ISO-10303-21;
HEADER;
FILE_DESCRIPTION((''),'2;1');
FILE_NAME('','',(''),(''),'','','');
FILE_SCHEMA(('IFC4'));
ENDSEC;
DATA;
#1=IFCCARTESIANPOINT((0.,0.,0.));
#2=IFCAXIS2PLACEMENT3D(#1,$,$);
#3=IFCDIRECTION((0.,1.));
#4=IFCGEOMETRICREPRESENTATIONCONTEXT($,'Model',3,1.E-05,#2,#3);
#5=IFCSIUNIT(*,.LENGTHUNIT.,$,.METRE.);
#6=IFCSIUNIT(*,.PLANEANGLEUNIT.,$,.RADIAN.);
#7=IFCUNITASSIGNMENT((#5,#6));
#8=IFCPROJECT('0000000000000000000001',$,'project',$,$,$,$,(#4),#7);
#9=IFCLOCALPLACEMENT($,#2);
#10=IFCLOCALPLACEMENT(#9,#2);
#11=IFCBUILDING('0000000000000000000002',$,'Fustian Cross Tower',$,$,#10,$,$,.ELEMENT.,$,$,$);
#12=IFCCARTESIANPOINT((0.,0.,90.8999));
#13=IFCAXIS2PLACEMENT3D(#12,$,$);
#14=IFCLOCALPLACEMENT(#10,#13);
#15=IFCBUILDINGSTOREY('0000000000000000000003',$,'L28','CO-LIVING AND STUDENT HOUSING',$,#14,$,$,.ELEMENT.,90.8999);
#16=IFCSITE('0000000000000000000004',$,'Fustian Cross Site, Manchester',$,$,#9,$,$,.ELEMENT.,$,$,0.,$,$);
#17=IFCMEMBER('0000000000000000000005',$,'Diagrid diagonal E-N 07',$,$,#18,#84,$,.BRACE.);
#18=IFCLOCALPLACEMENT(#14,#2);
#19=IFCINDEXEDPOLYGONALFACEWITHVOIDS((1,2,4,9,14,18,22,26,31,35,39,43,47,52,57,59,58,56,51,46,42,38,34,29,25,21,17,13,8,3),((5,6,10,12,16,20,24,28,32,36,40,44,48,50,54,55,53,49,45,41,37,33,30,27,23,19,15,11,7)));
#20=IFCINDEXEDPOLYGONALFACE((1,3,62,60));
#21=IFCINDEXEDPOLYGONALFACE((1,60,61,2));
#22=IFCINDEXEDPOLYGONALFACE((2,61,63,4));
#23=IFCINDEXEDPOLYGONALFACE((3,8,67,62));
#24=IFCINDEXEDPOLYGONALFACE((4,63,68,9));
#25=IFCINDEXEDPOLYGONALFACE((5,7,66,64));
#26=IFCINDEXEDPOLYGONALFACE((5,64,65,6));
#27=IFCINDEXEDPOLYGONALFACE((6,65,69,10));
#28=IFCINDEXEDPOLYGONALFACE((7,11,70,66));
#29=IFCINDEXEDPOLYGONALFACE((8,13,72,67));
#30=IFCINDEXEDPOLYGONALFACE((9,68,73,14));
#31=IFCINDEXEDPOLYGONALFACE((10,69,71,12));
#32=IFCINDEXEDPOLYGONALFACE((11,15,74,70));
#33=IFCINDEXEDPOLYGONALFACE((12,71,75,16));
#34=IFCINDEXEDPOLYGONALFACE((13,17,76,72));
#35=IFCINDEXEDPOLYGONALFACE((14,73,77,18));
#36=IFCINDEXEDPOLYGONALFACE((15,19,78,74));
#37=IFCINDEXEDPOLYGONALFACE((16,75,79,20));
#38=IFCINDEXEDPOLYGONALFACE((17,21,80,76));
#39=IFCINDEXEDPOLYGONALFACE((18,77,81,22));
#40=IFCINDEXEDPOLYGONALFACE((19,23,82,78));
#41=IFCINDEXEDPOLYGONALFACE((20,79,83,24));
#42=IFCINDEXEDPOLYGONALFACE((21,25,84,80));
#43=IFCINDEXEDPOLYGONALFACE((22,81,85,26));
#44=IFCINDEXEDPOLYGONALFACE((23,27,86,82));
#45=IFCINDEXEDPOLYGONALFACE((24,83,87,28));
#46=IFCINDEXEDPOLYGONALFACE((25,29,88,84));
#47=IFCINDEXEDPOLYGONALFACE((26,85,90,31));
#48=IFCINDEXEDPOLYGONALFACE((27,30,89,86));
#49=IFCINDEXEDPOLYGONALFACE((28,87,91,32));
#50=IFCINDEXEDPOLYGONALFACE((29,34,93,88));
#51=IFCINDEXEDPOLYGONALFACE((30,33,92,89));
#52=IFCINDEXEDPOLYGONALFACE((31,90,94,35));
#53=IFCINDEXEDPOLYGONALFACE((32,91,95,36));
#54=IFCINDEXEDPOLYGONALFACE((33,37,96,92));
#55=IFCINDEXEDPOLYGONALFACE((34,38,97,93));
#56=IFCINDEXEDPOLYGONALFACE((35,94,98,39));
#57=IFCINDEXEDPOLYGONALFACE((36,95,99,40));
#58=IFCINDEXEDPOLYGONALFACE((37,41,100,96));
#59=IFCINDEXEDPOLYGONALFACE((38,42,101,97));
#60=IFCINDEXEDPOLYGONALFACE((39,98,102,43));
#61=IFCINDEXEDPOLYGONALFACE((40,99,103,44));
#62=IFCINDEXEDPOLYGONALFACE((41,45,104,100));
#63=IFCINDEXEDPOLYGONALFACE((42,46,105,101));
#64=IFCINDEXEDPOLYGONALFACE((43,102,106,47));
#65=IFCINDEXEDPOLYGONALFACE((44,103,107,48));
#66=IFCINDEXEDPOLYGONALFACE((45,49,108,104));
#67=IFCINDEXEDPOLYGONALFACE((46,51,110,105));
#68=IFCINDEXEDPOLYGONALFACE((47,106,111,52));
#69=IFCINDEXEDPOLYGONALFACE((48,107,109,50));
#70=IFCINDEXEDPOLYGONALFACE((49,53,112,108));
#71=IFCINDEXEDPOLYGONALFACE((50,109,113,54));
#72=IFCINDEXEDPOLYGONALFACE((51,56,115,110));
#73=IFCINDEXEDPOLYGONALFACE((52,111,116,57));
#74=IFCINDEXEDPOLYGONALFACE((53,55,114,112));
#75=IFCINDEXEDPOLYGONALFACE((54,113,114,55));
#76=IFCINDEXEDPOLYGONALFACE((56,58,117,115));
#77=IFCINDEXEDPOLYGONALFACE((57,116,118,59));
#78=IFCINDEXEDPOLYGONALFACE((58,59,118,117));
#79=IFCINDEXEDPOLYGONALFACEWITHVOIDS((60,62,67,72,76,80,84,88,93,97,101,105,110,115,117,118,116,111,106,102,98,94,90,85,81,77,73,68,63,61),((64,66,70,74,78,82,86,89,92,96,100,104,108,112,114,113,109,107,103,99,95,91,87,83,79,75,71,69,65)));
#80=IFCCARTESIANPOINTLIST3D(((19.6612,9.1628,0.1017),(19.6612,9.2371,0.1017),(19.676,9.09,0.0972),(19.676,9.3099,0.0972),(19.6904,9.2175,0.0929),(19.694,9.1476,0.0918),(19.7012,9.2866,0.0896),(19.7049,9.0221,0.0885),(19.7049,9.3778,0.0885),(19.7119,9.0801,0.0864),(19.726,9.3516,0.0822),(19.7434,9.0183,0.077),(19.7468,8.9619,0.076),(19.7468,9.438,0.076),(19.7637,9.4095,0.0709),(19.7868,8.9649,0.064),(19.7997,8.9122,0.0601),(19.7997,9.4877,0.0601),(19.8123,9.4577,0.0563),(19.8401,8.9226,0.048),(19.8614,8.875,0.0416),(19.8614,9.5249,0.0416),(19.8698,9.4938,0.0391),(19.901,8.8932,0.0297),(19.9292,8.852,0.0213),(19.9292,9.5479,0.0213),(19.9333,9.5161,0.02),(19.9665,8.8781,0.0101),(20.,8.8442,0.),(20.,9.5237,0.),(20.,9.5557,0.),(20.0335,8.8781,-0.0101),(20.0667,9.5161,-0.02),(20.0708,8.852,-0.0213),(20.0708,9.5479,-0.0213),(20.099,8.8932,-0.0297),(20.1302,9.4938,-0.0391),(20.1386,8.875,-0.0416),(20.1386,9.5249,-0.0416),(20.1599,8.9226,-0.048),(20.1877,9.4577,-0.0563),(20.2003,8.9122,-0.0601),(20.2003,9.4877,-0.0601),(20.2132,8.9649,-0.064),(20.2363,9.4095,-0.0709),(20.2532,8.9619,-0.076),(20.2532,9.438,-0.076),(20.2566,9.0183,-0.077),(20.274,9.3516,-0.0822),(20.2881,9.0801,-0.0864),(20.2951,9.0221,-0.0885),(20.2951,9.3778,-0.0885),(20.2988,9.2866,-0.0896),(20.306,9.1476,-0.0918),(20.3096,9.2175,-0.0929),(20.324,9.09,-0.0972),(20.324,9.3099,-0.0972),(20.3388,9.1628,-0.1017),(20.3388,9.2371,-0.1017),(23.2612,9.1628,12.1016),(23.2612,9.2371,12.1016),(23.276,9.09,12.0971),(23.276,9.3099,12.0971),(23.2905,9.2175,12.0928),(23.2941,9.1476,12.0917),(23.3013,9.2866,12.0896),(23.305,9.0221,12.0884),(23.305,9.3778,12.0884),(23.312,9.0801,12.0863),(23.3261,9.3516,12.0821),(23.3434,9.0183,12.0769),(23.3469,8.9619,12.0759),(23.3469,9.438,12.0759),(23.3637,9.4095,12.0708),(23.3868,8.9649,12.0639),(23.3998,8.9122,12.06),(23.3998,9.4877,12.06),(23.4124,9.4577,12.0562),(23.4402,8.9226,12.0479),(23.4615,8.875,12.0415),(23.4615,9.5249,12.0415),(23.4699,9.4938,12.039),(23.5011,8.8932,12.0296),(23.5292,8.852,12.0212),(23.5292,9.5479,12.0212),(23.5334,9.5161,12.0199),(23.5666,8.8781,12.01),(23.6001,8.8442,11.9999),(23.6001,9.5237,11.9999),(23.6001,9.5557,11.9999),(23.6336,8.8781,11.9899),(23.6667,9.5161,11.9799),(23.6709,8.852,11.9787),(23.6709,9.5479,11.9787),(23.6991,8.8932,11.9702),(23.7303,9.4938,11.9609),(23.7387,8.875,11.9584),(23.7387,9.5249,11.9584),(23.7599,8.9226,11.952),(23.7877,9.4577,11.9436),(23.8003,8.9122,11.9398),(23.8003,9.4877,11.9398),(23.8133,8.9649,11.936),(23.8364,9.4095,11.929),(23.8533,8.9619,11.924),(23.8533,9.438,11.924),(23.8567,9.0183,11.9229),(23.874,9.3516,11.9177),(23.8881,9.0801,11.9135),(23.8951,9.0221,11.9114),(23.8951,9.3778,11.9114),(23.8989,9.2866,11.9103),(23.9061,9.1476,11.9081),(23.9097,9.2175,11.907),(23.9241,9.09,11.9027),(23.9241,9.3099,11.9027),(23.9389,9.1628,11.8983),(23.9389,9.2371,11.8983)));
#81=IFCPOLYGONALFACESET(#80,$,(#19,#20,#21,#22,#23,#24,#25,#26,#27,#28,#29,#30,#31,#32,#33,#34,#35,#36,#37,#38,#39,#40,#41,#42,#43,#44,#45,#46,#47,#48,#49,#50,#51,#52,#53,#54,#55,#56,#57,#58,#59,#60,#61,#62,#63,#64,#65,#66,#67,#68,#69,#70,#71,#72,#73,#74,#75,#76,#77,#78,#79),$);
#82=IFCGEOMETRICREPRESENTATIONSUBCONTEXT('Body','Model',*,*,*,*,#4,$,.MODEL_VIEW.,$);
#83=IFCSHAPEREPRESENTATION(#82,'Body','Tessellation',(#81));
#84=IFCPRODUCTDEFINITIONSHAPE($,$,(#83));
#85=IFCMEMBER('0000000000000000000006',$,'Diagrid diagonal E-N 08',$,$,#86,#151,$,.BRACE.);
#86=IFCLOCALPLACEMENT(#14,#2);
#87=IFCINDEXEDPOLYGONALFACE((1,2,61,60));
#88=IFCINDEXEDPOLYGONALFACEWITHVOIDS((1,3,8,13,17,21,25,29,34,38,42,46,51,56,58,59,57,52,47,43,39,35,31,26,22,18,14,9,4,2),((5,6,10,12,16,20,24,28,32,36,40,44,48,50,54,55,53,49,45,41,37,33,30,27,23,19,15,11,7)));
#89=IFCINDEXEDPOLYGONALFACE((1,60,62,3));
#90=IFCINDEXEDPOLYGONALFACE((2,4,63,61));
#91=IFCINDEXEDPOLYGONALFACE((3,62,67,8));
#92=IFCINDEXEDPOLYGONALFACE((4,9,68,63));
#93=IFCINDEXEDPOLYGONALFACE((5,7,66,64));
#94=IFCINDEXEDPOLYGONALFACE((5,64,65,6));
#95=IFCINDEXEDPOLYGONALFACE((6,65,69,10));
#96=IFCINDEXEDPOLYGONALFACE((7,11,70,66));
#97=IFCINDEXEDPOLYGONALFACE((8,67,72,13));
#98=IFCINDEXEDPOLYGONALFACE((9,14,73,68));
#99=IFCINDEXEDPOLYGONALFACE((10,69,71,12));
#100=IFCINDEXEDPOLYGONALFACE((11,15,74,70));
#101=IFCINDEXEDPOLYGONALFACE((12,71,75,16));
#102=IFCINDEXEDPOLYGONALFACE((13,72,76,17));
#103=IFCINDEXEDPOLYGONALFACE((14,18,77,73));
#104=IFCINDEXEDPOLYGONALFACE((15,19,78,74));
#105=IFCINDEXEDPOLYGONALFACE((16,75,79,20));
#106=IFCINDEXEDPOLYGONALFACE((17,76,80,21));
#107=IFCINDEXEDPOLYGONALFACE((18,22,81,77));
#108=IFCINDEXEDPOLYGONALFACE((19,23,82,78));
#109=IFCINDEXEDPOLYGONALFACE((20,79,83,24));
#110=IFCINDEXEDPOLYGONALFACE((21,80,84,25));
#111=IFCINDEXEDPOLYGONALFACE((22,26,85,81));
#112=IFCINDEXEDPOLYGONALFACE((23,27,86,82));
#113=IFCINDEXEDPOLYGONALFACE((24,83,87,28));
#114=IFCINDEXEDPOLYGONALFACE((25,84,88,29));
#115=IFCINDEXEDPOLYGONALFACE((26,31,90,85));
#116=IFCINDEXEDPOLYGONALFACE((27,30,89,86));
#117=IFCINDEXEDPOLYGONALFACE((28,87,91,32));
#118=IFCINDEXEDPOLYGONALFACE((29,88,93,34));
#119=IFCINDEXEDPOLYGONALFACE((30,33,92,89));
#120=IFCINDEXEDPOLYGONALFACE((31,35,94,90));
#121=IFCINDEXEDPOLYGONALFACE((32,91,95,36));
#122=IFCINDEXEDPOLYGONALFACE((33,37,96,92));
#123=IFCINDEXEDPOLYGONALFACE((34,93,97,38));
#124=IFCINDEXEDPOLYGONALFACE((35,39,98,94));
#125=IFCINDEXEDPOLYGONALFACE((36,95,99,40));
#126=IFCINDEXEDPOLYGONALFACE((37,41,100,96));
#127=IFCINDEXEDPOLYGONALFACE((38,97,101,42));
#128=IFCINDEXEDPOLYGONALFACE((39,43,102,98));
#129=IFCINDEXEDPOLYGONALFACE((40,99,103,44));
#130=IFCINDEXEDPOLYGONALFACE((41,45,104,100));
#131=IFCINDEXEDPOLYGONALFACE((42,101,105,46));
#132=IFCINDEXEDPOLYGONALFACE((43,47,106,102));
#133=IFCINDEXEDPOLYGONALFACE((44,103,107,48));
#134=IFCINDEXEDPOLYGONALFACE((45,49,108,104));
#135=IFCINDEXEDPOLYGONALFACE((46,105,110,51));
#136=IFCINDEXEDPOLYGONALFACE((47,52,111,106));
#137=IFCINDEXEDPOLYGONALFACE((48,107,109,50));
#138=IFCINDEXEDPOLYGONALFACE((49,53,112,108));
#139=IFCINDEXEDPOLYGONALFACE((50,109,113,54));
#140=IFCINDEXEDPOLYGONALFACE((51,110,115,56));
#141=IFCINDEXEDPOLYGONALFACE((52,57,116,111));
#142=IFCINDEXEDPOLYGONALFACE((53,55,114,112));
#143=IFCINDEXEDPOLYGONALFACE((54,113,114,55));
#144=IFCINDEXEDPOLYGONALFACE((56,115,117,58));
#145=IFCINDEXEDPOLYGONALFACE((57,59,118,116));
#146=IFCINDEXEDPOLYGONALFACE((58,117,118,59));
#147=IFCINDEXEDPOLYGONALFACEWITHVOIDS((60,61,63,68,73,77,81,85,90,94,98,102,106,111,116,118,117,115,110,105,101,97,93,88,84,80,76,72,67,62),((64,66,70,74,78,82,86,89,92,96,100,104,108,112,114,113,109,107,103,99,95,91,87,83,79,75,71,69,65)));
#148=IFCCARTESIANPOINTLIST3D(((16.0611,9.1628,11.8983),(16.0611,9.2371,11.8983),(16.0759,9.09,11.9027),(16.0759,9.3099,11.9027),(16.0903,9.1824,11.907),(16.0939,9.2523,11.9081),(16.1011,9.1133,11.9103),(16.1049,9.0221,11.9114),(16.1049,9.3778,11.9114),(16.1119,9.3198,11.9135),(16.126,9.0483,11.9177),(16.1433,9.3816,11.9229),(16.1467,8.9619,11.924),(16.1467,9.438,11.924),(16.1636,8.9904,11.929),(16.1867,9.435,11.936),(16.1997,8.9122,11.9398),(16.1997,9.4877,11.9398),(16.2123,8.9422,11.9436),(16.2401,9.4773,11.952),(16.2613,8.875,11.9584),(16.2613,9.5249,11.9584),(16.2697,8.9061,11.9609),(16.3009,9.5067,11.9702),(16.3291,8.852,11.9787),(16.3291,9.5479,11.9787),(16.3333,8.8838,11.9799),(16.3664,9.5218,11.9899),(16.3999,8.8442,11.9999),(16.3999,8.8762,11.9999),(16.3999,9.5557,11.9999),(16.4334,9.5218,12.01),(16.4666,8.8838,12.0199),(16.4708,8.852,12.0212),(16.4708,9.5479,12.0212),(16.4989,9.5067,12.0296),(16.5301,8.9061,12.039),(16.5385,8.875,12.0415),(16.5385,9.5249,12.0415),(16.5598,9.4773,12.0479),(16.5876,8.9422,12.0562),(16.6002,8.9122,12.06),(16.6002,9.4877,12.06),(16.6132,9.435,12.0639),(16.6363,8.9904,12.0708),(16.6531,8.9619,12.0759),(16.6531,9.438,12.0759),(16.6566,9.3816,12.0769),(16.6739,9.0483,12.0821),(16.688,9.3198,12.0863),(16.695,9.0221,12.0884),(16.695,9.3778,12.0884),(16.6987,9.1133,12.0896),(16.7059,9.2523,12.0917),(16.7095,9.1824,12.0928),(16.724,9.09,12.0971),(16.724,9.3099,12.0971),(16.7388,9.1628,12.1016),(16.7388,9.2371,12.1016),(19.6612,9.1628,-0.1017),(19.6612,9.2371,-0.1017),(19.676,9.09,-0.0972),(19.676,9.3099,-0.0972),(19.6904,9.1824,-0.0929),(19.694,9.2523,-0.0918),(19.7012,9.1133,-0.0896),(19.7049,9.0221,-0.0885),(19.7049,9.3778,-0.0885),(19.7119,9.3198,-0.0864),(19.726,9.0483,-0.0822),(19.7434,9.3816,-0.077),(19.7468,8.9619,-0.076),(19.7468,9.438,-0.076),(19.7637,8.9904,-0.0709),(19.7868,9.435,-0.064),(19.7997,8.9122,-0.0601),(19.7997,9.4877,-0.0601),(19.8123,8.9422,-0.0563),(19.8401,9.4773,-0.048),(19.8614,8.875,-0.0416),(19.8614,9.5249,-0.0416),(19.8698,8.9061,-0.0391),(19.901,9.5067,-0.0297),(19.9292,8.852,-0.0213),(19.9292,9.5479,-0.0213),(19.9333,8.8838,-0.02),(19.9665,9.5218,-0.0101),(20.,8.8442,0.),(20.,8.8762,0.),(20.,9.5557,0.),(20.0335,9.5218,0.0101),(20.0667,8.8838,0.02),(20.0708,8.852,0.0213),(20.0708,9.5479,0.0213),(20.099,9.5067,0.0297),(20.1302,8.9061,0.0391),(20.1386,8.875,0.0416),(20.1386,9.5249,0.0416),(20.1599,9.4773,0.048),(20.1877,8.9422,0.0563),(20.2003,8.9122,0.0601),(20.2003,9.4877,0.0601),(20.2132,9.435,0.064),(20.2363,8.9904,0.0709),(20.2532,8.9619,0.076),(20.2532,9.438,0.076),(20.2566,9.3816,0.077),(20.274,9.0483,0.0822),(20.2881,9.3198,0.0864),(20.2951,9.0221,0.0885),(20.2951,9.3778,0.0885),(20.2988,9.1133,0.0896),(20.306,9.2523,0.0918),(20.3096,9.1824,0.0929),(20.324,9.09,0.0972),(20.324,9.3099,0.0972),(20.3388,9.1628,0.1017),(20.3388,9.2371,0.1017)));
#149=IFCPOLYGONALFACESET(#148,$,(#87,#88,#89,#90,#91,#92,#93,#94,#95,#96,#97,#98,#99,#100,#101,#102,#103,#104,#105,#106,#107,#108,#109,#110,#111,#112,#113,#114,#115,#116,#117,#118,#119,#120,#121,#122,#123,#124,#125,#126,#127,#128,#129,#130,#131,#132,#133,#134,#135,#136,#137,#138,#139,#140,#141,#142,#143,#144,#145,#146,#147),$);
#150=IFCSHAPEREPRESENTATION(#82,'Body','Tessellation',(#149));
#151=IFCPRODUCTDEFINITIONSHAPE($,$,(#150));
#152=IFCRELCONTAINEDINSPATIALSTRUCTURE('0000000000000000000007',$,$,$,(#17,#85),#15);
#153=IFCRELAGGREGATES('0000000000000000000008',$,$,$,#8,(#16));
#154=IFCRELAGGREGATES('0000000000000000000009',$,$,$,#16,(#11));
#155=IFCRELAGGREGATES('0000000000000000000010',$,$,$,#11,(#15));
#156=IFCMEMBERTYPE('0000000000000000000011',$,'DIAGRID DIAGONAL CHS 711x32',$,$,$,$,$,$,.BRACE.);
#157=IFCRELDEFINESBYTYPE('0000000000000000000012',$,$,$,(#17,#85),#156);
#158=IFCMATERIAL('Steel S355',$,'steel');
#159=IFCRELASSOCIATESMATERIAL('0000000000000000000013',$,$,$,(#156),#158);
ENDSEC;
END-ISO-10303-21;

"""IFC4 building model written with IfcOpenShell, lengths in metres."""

from ifc_helpers import new_model, si_unit, direction, frame, origin, origin_2d, place, context, subcontext, project, spatial, hollow_circle, extrude, material, material_profile, profile_set, type_object, element, save


model = new_model("IFC4")

# Units and contexts
model_context = context("Model", 3, precision=1e-05, world=origin(), true_north=direction((0.0, 1.0)))
body_context = subcontext(model_context, "Body", "Model", "MODEL_VIEW")
ifc_project = project(units=[si_unit("LENGTHUNIT", "METRE"), si_unit("PLANEANGLEUNIT", "RADIAN")], contexts=[model_context])

# Site, building, storey
site_placement = place(None, origin())
site = spatial("IfcSite", under=ifc_project, at=site_placement, Name="Fustian Cross Site, Manchester", CompositionType="ELEMENT", RefElevation=0.0)
building_placement = place(site_placement, origin())
building = spatial("IfcBuilding", under=site, at=building_placement, Name="Fustian Cross Tower", CompositionType="ELEMENT")
storey_placement = place(building_placement, frame((0.0, 0.0, 90.8999)))
storey = spatial("IfcBuildingStorey", under=building, at=storey_placement, Name="L28", Description="CO-LIVING AND STUDENT HOUSING", CompositionType="ELEMENT", Elevation=90.8999)

# Members
ifc_material_1 = material(Name="Steel S355", Category="steel")
ifc_material_profile_1 = material_profile(ifc_material_1, hollow_circle(Radius=0.3557, WallThickness=0.032, at=origin_2d()), Name="CHS 711x32")
ifc_profile_set_1 = profile_set([ifc_material_profile_1], Name="Steel S355")
member_type_1 = type_object("IfcMemberType", Name="DIAGRID DIAGONAL CHS 711x32", PredefinedType="BRACE", material=ifc_profile_set_1)
for number, where, z_axis, x_axis, name in (
    (1, (20.0, 9.2, 0.0), (0.287355, 0.0, 0.957824), (0.0, 1.0, 0.0), "Diagrid diagonal E-N 07"),
    (2, (20.0, 9.2, 0.0), (-0.287355, 0.0, 0.957824), (0.0, -1.0, 0.0), "Diagrid diagonal E-N 08"),
):
    element("IfcMember", number, at=place(storey_placement, frame(where, z_axis=z_axis, x_axis=x_axis)), inside=storey, type_object=member_type_1, Name=name, PredefinedType="BRACE", context=body_context, shape_type="SweptSolid", body=[
        extrude(hollow_circle(Radius=0.3557, WallThickness=0.032, at=origin_2d()), origin(), (0.0, 0.0, 1.0), 12.5283),
    ])

save(model, "model.ifc")
